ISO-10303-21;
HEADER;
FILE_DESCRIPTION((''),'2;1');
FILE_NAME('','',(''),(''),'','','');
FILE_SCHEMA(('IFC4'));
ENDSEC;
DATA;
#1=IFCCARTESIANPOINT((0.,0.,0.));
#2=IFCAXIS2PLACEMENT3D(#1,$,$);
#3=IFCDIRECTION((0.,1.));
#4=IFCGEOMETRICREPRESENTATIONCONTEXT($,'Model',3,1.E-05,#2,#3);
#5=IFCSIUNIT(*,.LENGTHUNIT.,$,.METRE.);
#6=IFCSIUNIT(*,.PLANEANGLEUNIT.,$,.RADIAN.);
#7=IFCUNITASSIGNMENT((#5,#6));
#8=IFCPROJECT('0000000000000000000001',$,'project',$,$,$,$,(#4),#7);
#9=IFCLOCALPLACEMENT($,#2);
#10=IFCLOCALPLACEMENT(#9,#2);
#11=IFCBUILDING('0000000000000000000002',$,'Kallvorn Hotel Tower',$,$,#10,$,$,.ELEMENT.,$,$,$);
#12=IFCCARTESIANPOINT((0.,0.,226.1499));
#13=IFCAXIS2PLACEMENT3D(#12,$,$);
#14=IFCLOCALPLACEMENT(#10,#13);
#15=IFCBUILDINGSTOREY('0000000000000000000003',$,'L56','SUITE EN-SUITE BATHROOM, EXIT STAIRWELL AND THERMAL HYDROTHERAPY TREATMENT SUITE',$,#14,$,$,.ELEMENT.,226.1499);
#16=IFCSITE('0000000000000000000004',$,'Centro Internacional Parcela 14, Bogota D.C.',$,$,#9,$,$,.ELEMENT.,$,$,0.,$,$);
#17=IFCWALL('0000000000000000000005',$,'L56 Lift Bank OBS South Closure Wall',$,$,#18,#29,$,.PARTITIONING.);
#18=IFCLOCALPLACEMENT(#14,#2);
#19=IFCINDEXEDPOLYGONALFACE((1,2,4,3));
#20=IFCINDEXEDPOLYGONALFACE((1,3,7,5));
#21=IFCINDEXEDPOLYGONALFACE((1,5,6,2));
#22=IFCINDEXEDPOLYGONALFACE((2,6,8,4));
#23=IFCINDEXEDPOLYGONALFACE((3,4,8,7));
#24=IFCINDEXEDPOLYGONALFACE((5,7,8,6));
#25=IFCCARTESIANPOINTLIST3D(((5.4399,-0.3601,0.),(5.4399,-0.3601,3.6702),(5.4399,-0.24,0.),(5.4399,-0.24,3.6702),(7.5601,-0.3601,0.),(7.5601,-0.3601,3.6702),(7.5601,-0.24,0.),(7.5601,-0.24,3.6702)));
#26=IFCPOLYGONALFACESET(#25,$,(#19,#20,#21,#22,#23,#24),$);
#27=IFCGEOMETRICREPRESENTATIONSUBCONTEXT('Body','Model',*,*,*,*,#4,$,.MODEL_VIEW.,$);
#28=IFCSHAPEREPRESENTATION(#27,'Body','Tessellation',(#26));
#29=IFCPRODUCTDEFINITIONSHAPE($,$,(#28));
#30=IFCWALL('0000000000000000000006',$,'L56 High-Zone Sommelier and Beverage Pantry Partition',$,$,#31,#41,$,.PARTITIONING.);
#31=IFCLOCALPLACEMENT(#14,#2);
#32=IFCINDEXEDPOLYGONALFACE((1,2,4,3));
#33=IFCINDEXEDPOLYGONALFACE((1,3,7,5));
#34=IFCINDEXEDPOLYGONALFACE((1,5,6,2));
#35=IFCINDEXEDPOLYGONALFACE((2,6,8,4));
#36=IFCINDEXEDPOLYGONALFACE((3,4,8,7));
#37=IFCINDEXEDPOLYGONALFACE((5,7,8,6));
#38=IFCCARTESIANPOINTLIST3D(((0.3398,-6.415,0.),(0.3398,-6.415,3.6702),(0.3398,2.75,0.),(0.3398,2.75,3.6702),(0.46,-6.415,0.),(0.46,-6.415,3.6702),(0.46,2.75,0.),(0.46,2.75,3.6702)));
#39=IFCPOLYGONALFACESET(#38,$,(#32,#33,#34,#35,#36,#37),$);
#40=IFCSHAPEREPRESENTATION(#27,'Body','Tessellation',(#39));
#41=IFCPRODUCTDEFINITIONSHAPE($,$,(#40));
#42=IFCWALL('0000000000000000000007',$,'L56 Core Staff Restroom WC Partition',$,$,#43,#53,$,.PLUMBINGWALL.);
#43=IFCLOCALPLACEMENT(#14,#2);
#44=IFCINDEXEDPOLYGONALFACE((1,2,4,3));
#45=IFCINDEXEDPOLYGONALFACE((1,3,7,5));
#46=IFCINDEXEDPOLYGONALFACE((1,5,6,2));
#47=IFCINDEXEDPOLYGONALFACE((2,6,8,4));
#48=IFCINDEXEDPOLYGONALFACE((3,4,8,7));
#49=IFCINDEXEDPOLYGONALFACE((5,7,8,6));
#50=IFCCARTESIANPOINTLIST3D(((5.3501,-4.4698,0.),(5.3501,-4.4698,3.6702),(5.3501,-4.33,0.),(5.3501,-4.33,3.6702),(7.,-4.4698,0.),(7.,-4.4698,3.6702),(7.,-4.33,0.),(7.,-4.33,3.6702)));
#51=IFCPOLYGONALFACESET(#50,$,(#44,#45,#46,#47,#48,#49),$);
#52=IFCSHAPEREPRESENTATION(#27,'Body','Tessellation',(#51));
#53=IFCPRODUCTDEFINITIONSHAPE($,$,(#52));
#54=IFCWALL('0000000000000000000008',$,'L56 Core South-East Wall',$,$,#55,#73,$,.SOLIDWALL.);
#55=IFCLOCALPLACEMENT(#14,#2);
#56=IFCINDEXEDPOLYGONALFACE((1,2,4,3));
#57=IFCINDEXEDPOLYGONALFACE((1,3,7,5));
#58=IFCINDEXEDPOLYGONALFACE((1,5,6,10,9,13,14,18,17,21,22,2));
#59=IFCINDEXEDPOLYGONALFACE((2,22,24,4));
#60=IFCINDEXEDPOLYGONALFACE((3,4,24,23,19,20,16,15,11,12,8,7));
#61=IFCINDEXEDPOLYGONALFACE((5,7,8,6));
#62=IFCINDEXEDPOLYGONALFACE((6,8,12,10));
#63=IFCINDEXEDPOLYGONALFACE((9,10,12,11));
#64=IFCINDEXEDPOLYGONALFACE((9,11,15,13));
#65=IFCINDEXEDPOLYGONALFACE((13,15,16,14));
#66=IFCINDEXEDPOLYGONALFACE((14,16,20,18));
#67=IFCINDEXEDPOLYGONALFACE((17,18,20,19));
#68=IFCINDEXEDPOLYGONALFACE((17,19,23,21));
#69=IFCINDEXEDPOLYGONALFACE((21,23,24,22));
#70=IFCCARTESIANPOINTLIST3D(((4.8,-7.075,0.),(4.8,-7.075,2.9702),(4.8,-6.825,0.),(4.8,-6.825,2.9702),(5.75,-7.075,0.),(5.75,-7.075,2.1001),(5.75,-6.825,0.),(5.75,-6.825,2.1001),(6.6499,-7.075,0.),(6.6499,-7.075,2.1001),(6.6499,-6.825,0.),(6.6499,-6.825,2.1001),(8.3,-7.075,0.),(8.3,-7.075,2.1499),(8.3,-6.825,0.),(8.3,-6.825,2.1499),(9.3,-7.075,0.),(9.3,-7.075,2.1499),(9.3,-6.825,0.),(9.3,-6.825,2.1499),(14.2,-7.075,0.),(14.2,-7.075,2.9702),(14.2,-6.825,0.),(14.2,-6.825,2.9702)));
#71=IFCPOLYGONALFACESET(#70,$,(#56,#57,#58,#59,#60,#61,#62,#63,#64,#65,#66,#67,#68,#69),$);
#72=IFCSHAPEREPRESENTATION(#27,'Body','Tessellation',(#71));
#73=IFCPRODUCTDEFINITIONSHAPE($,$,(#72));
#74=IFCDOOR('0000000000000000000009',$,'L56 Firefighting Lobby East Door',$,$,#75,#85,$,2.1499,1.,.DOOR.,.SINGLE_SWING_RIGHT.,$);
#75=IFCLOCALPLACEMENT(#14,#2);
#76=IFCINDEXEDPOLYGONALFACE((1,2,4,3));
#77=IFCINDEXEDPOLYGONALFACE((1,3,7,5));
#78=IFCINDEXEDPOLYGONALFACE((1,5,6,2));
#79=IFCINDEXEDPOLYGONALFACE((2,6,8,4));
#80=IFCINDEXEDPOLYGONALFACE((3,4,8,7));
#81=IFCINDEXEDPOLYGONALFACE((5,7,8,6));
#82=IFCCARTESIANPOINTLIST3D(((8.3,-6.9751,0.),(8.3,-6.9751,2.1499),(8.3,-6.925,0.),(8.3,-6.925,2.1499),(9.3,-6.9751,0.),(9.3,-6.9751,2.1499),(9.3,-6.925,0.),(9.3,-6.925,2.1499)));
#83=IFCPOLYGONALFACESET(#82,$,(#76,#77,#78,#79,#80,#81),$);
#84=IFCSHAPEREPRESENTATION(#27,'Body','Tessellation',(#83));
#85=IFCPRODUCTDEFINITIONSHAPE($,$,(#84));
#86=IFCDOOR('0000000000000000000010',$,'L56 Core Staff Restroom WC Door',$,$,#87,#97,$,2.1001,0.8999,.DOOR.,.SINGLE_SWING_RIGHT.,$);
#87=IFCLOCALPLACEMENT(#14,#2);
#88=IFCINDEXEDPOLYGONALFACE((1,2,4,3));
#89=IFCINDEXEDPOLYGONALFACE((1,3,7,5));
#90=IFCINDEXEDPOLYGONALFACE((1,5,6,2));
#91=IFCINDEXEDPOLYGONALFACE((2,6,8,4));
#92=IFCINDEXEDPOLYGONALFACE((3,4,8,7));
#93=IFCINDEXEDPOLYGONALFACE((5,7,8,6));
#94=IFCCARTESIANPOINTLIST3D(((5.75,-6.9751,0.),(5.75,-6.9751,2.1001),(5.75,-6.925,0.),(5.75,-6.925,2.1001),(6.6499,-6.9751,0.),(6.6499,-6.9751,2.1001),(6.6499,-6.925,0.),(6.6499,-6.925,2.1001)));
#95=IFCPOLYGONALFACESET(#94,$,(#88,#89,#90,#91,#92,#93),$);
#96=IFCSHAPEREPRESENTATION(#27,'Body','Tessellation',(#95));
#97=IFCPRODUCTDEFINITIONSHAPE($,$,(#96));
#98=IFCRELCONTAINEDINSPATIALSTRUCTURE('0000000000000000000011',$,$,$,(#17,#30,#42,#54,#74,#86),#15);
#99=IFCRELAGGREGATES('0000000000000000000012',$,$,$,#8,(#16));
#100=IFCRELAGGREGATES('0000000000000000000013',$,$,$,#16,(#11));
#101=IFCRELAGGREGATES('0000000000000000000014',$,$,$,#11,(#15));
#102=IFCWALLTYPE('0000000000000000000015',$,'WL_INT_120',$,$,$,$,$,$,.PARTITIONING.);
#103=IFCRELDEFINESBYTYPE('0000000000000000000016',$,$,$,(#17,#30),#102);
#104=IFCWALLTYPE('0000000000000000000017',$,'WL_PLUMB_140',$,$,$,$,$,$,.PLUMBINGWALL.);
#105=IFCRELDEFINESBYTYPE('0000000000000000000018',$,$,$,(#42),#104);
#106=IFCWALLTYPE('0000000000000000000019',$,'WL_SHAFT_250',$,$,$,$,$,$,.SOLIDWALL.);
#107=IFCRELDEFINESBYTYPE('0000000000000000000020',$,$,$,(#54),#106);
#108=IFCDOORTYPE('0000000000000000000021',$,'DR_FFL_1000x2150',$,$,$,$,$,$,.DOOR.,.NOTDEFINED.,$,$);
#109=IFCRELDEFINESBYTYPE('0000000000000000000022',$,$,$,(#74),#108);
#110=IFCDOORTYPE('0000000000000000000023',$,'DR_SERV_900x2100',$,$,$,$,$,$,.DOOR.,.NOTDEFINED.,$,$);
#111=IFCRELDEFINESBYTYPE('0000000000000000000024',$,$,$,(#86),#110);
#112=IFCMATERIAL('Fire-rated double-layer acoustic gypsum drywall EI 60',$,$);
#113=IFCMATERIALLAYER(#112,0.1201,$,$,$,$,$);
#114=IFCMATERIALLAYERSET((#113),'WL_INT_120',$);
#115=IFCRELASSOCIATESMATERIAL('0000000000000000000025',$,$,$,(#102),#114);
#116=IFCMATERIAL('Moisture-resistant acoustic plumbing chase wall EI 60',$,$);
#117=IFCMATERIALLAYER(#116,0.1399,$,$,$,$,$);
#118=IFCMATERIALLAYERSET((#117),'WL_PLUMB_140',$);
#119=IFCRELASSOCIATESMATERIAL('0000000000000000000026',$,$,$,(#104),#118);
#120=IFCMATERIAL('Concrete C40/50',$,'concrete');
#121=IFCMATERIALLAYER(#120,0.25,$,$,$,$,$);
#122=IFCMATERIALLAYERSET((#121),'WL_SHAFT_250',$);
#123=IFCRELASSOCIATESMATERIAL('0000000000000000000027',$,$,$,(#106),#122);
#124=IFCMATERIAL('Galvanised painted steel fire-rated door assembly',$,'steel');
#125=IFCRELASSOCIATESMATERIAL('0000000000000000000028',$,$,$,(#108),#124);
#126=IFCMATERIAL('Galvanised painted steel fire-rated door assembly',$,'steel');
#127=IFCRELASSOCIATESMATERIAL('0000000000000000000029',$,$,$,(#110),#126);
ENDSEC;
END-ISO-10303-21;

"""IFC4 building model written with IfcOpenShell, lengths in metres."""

from ifc_helpers import new_model, si_unit, direction, frame, frame_2d, origin, place, context, subcontext, project, spatial, rectangle, extrude, material, layer, layer_set, type_object, element, fill, save


model = new_model("IFC4")

# Units and contexts
model_context = context("Model", 3, precision=1e-05, world=origin(), true_north=direction((0.0, 1.0)))
body_context = subcontext(model_context, "Body", "Model", "MODEL_VIEW")
ifc_project = project(units=[si_unit("LENGTHUNIT", "METRE"), si_unit("PLANEANGLEUNIT", "RADIAN")], contexts=[model_context])

# Site, building, storey
site_placement = place(None, origin())
site = spatial("IfcSite", under=ifc_project, at=site_placement, Name="Centro Internacional Parcela 14, Bogota D.C.", CompositionType="ELEMENT", RefElevation=0.0)
building_placement = place(site_placement, origin())
building = spatial("IfcBuilding", under=site, at=building_placement, Name="Kallvorn Hotel Tower", CompositionType="ELEMENT")
storey_placement = place(building_placement, frame((0.0, 0.0, 226.1499)))
storey = spatial("IfcBuildingStorey", under=building, at=storey_placement, Name="L56", Description="SUITE EN-SUITE BATHROOM, EXIT STAIRWELL AND THERMAL HYDROTHERAPY TREATMENT SUITE", CompositionType="ELEMENT", Elevation=226.1499)

# Walls
ifc_material_1 = material(Name="Fire-rated double-layer acoustic gypsum drywall EI 60")
ifc_layer_1 = layer(ifc_material_1, 0.1201)
ifc_layer_set_1 = layer_set([ifc_layer_1], Name="WL_INT_120")
wall_type_1 = type_object("IfcWallType", Name="WL_INT_120", PredefinedType="PARTITIONING", material=ifc_layer_set_1)
wall_1_placement = place(storey_placement, frame((5.4399, -0.3, 0.0), z_axis=(0.0, 0.0, 1.0), x_axis=(1.0, 0.0, 0.0)))
element("IfcWall", 1, at=wall_1_placement, inside=storey, type_object=wall_type_1, Name="L56 Lift Bank OBS South Closure Wall", PredefinedType="PARTITIONING", context=body_context, shape_type="SweptSolid", body=[
    extrude(rectangle(XDim=2.1201, YDim=0.1201, at=frame_2d((1.0601, 0.0))), origin(), (0.0, 0.0, 1.0), 3.6702),
])
wall_2_placement = place(storey_placement, frame((0.3999, -6.415, 0.0), z_axis=(0.0, 0.0, 1.0), x_axis=(0.0, 1.0, 0.0)))
element("IfcWall", 2, at=wall_2_placement, inside=storey, type_object=wall_type_1, Name="L56 High-Zone Sommelier and Beverage Pantry Partition", PredefinedType="PARTITIONING", context=body_context, shape_type="SweptSolid", body=[
    extrude(rectangle(XDim=9.165, YDim=0.1201, at=frame_2d((4.5825, 0.0))), origin(), (0.0, 0.0, 1.0), 3.6702),
])
ifc_material_2 = material(Name="Moisture-resistant acoustic plumbing chase wall EI 60")
ifc_layer_2 = layer(ifc_material_2, 0.1399)
ifc_layer_set_2 = layer_set([ifc_layer_2], Name="WL_PLUMB_140")
wall_type_2 = type_object("IfcWallType", Name="WL_PLUMB_140", PredefinedType="PLUMBINGWALL", material=ifc_layer_set_2)
wall_3_placement = place(storey_placement, frame((5.3501, -4.3999, 0.0), z_axis=(0.0, 0.0, 1.0), x_axis=(1.0, 0.0, 0.0)))
element("IfcWall", 3, at=wall_3_placement, inside=storey, type_object=wall_type_2, Name="L56 Core Staff Restroom WC Partition", PredefinedType="PLUMBINGWALL", context=body_context, shape_type="SweptSolid", body=[
    extrude(rectangle(XDim=1.6499, YDim=0.1399, at=frame_2d((0.825, 0.0))), origin(), (0.0, 0.0, 1.0), 3.6702),
])

# Wall, openings, doors
ifc_material_3 = material(Name="Concrete C40/50", Category="concrete")
ifc_layer_3 = layer(ifc_material_3, 0.25)
ifc_layer_set_3 = layer_set([ifc_layer_3], Name="WL_SHAFT_250")
wall_type_3 = type_object("IfcWallType", Name="WL_SHAFT_250", PredefinedType="SOLIDWALL", material=ifc_layer_set_3)
wall_4_placement = place(storey_placement, frame((4.8, -6.95, 0.0), z_axis=(0.0, 0.0, 1.0), x_axis=(1.0, 0.0, 0.0)))
wall_4 = element("IfcWall", 4, at=wall_4_placement, inside=storey, type_object=wall_type_3, Name="L56 Core South-East Wall", PredefinedType="SOLIDWALL", context=body_context, shape_type="SweptSolid", body=[
    extrude(rectangle(XDim=9.3999, YDim=0.25, at=frame_2d((4.7, 0.0))), origin(), (0.0, 0.0, 1.0), 2.9702),
])
opening_1_placement = place(wall_4_placement, frame((3.5, 0.0, 0.0)))
opening_1 = element("IfcOpeningElement", 5, at=opening_1_placement, cuts=wall_4, PredefinedType="OPENING", context=body_context, shape_type="SweptSolid", body=[
    extrude(rectangle(XDim=1.0, YDim=2.1499, at=frame_2d((0.5, 1.075))), frame((0.0, 0.1399, 0.0), z_axis=(0.0, -1.0, 0.0), x_axis=(1.0, 0.0, 0.0)), (0.0, 0.0, 1.0), 0.28),
])
opening_2_placement = place(wall_4_placement, frame((0.95, 0.0, 0.0)))
opening_2 = element("IfcOpeningElement", 6, at=opening_2_placement, cuts=wall_4, PredefinedType="OPENING", context=body_context, shape_type="SweptSolid", body=[
    extrude(rectangle(XDim=0.8999, YDim=2.1001, at=frame_2d((0.45, 1.05))), frame((0.0, 0.1399, 0.0), z_axis=(0.0, -1.0, 0.0), x_axis=(1.0, 0.0, 0.0)), (0.0, 0.0, 1.0), 0.28),
])
ifc_material_4 = material(Name="Galvanised painted steel fire-rated door assembly", Category="steel")
door_type_1 = type_object("IfcDoorType", Name="DR_FFL_1000x2150", OperationType="NOTDEFINED", PredefinedType="DOOR", material=ifc_material_4)
door_1_placement = place(opening_1_placement, origin())
door_1 = element("IfcDoor", 7, at=door_1_placement, inside=storey, type_object=door_type_1, Name="L56 Firefighting Lobby East Door", OperationType="SINGLE_SWING_RIGHT", OverallHeight=2.1499, OverallWidth=1.0, PredefinedType="DOOR", context=body_context, shape_type="SweptSolid", body=[
    extrude(rectangle(XDim=1.0, YDim=2.1499, at=frame_2d((0.5, 1.075))), frame((0.0, 0.0249, 0.0), z_axis=(0.0, -1.0, 0.0), x_axis=(1.0, 0.0, 0.0)), (0.0, 0.0, 1.0), 0.05),
])
fill(opening_1, door_1)
ifc_material_5 = material(Name="Galvanised painted steel fire-rated door assembly", Category="steel")
door_type_2 = type_object("IfcDoorType", Name="DR_SERV_900x2100", OperationType="NOTDEFINED", PredefinedType="DOOR", material=ifc_material_5)
door_2_placement = place(opening_2_placement, origin())
door_2 = element("IfcDoor", 8, at=door_2_placement, inside=storey, type_object=door_type_2, Name="L56 Core Staff Restroom WC Door", OperationType="SINGLE_SWING_RIGHT", OverallHeight=2.1001, OverallWidth=0.8999, PredefinedType="DOOR", context=body_context, shape_type="SweptSolid", body=[
    extrude(rectangle(XDim=0.8999, YDim=2.1001, at=frame_2d((0.45, 1.05))), frame((0.0, 0.0249, 0.0), z_axis=(0.0, -1.0, 0.0), x_axis=(1.0, 0.0, 0.0)), (0.0, 0.0, 1.0), 0.05),
])
fill(opening_2, door_2)

save(model, "model.ifc")
